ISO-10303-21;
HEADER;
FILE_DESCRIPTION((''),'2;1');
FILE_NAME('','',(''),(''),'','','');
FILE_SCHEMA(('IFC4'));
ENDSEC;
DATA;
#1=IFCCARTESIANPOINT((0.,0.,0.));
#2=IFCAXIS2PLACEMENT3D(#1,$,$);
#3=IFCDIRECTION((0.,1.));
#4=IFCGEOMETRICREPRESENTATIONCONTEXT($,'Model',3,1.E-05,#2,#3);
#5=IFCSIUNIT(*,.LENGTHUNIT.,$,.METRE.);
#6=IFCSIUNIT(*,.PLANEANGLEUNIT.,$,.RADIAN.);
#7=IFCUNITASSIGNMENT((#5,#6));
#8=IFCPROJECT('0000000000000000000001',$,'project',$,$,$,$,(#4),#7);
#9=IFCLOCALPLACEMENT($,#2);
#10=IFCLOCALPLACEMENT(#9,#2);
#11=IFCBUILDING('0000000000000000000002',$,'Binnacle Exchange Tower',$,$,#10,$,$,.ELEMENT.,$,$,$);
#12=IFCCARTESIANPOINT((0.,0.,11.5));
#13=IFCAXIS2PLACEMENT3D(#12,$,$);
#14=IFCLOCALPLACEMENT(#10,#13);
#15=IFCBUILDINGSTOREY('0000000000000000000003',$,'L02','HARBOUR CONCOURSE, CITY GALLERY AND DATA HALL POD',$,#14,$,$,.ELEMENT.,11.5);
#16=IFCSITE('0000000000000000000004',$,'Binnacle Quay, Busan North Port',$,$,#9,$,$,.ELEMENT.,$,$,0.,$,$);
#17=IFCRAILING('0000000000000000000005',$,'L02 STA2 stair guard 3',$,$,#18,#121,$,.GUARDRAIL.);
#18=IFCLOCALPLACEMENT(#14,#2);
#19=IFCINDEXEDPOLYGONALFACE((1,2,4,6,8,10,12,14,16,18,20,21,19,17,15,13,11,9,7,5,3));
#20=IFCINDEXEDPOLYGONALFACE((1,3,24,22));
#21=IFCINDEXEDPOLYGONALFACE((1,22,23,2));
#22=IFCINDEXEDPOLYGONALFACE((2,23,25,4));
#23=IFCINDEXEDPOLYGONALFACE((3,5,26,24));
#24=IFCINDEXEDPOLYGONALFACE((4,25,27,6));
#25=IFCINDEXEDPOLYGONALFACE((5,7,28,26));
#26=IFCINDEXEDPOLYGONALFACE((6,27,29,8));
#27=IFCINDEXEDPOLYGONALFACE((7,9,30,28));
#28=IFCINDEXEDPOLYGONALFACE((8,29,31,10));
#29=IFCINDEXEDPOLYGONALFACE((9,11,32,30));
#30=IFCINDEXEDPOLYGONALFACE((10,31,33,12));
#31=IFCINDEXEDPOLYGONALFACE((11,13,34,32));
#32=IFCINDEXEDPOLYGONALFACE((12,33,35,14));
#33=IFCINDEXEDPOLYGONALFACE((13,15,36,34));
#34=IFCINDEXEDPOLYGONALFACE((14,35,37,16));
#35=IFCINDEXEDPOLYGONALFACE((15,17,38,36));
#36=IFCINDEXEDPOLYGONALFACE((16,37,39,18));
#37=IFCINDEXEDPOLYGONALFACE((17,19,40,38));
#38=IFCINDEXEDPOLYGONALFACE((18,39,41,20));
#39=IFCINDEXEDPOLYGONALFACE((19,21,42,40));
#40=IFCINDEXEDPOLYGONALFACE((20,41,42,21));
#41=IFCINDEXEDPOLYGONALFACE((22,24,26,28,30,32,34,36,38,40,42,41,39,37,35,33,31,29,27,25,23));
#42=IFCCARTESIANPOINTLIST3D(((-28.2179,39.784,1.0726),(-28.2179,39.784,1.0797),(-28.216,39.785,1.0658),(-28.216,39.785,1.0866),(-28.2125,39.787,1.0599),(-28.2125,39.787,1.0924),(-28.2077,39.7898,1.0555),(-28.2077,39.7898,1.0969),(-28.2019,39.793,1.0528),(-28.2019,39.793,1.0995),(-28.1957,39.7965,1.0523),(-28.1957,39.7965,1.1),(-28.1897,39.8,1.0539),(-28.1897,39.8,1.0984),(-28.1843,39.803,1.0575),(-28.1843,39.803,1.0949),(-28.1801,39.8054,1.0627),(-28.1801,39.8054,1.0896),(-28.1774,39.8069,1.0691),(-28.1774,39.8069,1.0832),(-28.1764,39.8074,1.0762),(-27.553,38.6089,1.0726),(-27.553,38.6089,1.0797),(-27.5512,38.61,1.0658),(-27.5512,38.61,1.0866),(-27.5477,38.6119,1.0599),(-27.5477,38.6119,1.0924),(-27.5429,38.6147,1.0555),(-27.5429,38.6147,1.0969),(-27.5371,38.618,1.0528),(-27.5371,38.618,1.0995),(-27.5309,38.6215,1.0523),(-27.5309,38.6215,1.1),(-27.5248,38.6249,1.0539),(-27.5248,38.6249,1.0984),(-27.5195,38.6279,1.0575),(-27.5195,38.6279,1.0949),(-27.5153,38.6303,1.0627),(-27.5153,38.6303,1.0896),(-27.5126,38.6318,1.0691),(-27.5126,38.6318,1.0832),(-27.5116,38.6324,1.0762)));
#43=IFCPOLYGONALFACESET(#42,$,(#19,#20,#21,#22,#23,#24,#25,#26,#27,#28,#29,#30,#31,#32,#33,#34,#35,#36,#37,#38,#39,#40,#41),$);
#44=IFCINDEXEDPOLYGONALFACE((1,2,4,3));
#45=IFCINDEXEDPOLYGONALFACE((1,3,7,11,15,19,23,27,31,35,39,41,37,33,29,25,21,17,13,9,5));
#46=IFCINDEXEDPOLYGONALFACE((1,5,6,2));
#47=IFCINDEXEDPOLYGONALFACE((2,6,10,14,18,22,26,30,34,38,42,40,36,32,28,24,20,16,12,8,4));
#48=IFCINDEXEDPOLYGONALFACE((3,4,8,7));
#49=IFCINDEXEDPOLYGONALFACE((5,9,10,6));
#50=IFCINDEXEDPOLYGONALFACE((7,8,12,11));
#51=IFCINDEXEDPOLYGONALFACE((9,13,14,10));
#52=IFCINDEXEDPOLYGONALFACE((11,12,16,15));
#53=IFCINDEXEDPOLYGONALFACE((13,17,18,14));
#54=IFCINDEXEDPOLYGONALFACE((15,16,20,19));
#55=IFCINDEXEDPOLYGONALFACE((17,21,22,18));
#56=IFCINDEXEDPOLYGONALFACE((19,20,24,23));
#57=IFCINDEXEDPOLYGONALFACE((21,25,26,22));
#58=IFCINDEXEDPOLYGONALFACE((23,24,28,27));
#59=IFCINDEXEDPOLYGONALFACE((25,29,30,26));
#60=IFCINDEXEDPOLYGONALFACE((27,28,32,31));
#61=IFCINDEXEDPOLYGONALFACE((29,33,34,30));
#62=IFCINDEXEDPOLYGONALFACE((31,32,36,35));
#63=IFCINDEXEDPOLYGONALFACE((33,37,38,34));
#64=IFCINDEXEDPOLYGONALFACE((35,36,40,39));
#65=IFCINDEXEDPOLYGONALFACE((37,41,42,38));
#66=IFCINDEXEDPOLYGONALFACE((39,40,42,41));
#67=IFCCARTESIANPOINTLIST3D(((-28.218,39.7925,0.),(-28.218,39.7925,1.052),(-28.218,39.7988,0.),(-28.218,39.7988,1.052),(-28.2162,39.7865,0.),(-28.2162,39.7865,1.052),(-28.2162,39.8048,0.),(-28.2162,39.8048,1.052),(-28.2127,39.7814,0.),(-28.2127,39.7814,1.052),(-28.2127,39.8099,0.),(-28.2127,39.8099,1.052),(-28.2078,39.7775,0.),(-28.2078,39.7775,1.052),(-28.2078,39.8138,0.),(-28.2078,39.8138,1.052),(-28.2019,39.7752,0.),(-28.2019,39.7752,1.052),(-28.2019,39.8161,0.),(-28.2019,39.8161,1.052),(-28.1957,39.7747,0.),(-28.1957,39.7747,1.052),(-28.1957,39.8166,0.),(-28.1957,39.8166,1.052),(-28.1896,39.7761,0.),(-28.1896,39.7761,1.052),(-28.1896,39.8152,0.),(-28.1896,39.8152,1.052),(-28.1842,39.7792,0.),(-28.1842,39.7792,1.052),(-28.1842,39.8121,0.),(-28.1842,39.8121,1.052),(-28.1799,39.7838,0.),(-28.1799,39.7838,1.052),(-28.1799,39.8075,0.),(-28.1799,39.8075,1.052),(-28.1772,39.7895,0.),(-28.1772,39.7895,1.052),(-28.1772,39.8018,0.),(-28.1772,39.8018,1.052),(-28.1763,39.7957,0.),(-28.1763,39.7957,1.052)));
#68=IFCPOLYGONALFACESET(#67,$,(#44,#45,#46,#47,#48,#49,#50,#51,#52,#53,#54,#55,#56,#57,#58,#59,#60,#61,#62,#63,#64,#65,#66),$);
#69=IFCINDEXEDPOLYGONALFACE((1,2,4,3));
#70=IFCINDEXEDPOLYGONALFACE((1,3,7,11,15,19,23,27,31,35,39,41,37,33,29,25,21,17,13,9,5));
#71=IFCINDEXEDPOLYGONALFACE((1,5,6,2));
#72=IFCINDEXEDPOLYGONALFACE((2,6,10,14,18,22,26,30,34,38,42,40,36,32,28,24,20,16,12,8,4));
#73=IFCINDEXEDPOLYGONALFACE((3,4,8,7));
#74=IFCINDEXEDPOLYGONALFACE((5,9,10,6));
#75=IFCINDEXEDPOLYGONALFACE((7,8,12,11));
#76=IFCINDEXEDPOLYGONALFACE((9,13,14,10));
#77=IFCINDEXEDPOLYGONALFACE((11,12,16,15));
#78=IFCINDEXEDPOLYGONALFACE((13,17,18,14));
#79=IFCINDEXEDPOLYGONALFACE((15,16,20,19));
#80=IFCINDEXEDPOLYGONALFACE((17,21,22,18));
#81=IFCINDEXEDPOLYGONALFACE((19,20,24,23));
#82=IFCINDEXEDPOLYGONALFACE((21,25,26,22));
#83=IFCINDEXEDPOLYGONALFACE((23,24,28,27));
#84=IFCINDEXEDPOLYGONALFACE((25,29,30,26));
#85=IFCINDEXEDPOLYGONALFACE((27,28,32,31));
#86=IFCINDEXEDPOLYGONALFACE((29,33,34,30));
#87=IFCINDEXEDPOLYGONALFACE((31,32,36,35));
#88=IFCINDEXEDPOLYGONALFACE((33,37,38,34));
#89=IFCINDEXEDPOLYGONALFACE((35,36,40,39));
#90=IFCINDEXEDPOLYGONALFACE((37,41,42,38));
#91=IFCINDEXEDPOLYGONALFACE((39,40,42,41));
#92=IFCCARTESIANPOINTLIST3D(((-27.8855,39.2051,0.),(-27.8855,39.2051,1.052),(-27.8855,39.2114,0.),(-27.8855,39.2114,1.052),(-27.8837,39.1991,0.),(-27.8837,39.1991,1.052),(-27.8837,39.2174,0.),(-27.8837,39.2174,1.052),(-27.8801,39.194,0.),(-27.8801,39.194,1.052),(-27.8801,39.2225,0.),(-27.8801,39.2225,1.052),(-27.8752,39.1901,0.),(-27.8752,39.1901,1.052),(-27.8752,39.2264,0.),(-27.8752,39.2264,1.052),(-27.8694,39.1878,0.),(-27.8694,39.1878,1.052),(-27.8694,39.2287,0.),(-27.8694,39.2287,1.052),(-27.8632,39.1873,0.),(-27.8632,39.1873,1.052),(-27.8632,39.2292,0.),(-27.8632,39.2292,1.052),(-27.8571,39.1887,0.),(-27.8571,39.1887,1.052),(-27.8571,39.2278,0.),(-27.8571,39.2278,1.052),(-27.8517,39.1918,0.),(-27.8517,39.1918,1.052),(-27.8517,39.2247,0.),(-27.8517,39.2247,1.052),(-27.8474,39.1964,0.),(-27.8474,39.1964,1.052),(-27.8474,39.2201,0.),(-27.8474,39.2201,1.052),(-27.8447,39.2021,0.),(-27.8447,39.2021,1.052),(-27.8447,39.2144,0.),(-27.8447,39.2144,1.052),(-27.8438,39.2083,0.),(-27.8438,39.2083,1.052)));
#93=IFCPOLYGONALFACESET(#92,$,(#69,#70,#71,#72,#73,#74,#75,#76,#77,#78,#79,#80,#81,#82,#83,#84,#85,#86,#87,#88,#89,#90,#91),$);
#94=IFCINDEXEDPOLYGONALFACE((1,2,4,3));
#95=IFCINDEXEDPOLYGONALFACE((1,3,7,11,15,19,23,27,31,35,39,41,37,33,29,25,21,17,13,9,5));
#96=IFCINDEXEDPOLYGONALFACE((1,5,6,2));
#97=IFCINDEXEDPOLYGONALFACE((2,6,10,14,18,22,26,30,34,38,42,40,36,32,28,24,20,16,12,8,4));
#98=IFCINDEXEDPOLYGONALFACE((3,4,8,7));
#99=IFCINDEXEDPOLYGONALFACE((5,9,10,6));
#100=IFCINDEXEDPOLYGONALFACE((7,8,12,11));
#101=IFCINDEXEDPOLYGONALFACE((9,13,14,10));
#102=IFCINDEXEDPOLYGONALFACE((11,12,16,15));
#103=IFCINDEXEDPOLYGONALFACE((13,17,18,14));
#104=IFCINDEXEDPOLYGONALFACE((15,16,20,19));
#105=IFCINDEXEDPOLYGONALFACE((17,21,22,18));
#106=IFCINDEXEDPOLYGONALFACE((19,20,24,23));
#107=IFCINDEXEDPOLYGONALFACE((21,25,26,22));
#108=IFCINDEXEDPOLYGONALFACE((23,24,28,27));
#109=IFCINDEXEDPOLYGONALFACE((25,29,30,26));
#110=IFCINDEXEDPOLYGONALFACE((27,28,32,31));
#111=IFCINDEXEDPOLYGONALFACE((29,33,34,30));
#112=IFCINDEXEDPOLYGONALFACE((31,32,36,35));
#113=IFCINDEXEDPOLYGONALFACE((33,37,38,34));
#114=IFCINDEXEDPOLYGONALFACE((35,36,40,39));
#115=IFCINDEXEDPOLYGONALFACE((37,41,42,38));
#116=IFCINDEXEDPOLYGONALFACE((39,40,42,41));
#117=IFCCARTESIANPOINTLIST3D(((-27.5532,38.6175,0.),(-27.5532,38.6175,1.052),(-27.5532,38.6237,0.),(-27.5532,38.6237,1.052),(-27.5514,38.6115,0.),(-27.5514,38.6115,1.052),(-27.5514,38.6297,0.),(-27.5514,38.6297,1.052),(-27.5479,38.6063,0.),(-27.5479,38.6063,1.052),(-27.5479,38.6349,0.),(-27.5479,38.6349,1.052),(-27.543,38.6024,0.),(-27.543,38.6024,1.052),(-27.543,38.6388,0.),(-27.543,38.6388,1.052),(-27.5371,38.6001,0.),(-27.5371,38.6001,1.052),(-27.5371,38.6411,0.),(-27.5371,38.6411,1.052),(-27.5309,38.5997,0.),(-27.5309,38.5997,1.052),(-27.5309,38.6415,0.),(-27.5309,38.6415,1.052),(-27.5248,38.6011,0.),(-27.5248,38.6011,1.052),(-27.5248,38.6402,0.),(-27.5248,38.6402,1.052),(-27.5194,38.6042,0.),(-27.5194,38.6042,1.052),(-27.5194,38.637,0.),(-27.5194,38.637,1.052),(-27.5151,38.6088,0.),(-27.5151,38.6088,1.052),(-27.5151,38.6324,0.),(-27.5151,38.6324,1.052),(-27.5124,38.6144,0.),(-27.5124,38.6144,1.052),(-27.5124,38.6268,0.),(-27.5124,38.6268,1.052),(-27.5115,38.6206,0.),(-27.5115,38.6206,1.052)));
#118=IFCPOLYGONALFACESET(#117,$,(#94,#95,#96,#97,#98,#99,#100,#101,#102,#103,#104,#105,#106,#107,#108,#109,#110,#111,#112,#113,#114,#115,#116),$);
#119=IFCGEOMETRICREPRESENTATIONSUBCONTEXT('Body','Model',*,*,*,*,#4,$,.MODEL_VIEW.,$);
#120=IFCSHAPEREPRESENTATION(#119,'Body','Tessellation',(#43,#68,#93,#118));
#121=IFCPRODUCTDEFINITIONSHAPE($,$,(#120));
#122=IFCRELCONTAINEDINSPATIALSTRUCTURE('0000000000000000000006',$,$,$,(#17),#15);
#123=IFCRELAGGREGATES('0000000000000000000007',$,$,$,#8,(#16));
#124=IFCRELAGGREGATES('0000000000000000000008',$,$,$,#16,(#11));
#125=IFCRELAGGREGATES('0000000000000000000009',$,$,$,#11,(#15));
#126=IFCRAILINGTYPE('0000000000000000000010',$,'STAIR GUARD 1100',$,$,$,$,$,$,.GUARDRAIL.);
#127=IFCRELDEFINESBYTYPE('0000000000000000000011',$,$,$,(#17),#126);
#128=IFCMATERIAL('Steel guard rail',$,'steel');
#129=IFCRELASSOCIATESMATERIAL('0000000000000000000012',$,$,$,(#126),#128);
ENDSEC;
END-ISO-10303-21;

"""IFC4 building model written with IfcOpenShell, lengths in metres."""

from ifc_helpers import new_model, si_unit, direction, frame, origin, origin_2d, place, context, subcontext, project, spatial, circle, extrude, material, type_object, element, save


model = new_model("IFC4")

# Units and contexts
model_context = context("Model", 3, precision=1e-05, world=origin(), true_north=direction((0.0, 1.0)))
body_context = subcontext(model_context, "Body", "Model", "MODEL_VIEW")
ifc_project = project(units=[si_unit("LENGTHUNIT", "METRE"), si_unit("PLANEANGLEUNIT", "RADIAN")], contexts=[model_context])

# Site, building, storey
site_placement = place(None, origin())
site = spatial("IfcSite", under=ifc_project, at=site_placement, Name="Binnacle Quay, Busan North Port", CompositionType="ELEMENT", RefElevation=0.0)
building_placement = place(site_placement, origin())
building = spatial("IfcBuilding", under=site, at=building_placement, Name="Binnacle Exchange Tower", CompositionType="ELEMENT")
storey_placement = place(building_placement, frame((0.0, 0.0, 11.5)))
storey = spatial("IfcBuildingStorey", under=building, at=storey_placement, Name="L02", Description="HARBOUR CONCOURSE, CITY GALLERY AND DATA HALL POD", CompositionType="ELEMENT", Elevation=11.5)

# Railing
ifc_material_1 = material(Name="Steel guard rail", Category="steel")
railing_type_1 = type_object("IfcRailingType", Name="STAIR GUARD 1100", PredefinedType="GUARDRAIL", material=ifc_material_1)
railing_1_placement = place(storey_placement, frame((-28.1973, 39.7957, 0.0)))
element("IfcRailing", 1, at=railing_1_placement, inside=storey, type_object=railing_type_1, Name="L02 STA2 stair guard 3", PredefinedType="GUARDRAIL", context=body_context, shape_type="SweptSolid", body=[
    extrude(circle(Radius=0.0239, at=origin_2d()), frame((0.0, 0.0, 1.0762), z_axis=(0.492415, -0.870361, 0.0), x_axis=(0.870361, 0.492415, 0.0)), (0.0, 0.0, 1.0), 1.3501),
    extrude(circle(Radius=0.021, at=origin_2d()), origin(), (0.0, 0.0, 1.0), 1.052),
    extrude(circle(Radius=0.021, at=origin_2d()), frame((0.3325, -0.5874, 0.0)), (0.0, 0.0, 1.0), 1.052),
    extrude(circle(Radius=0.021, at=origin_2d()), frame((0.6648, -1.175, 0.0)), (0.0, 0.0, 1.0), 1.052),
])

save(model, "model.ifc")
